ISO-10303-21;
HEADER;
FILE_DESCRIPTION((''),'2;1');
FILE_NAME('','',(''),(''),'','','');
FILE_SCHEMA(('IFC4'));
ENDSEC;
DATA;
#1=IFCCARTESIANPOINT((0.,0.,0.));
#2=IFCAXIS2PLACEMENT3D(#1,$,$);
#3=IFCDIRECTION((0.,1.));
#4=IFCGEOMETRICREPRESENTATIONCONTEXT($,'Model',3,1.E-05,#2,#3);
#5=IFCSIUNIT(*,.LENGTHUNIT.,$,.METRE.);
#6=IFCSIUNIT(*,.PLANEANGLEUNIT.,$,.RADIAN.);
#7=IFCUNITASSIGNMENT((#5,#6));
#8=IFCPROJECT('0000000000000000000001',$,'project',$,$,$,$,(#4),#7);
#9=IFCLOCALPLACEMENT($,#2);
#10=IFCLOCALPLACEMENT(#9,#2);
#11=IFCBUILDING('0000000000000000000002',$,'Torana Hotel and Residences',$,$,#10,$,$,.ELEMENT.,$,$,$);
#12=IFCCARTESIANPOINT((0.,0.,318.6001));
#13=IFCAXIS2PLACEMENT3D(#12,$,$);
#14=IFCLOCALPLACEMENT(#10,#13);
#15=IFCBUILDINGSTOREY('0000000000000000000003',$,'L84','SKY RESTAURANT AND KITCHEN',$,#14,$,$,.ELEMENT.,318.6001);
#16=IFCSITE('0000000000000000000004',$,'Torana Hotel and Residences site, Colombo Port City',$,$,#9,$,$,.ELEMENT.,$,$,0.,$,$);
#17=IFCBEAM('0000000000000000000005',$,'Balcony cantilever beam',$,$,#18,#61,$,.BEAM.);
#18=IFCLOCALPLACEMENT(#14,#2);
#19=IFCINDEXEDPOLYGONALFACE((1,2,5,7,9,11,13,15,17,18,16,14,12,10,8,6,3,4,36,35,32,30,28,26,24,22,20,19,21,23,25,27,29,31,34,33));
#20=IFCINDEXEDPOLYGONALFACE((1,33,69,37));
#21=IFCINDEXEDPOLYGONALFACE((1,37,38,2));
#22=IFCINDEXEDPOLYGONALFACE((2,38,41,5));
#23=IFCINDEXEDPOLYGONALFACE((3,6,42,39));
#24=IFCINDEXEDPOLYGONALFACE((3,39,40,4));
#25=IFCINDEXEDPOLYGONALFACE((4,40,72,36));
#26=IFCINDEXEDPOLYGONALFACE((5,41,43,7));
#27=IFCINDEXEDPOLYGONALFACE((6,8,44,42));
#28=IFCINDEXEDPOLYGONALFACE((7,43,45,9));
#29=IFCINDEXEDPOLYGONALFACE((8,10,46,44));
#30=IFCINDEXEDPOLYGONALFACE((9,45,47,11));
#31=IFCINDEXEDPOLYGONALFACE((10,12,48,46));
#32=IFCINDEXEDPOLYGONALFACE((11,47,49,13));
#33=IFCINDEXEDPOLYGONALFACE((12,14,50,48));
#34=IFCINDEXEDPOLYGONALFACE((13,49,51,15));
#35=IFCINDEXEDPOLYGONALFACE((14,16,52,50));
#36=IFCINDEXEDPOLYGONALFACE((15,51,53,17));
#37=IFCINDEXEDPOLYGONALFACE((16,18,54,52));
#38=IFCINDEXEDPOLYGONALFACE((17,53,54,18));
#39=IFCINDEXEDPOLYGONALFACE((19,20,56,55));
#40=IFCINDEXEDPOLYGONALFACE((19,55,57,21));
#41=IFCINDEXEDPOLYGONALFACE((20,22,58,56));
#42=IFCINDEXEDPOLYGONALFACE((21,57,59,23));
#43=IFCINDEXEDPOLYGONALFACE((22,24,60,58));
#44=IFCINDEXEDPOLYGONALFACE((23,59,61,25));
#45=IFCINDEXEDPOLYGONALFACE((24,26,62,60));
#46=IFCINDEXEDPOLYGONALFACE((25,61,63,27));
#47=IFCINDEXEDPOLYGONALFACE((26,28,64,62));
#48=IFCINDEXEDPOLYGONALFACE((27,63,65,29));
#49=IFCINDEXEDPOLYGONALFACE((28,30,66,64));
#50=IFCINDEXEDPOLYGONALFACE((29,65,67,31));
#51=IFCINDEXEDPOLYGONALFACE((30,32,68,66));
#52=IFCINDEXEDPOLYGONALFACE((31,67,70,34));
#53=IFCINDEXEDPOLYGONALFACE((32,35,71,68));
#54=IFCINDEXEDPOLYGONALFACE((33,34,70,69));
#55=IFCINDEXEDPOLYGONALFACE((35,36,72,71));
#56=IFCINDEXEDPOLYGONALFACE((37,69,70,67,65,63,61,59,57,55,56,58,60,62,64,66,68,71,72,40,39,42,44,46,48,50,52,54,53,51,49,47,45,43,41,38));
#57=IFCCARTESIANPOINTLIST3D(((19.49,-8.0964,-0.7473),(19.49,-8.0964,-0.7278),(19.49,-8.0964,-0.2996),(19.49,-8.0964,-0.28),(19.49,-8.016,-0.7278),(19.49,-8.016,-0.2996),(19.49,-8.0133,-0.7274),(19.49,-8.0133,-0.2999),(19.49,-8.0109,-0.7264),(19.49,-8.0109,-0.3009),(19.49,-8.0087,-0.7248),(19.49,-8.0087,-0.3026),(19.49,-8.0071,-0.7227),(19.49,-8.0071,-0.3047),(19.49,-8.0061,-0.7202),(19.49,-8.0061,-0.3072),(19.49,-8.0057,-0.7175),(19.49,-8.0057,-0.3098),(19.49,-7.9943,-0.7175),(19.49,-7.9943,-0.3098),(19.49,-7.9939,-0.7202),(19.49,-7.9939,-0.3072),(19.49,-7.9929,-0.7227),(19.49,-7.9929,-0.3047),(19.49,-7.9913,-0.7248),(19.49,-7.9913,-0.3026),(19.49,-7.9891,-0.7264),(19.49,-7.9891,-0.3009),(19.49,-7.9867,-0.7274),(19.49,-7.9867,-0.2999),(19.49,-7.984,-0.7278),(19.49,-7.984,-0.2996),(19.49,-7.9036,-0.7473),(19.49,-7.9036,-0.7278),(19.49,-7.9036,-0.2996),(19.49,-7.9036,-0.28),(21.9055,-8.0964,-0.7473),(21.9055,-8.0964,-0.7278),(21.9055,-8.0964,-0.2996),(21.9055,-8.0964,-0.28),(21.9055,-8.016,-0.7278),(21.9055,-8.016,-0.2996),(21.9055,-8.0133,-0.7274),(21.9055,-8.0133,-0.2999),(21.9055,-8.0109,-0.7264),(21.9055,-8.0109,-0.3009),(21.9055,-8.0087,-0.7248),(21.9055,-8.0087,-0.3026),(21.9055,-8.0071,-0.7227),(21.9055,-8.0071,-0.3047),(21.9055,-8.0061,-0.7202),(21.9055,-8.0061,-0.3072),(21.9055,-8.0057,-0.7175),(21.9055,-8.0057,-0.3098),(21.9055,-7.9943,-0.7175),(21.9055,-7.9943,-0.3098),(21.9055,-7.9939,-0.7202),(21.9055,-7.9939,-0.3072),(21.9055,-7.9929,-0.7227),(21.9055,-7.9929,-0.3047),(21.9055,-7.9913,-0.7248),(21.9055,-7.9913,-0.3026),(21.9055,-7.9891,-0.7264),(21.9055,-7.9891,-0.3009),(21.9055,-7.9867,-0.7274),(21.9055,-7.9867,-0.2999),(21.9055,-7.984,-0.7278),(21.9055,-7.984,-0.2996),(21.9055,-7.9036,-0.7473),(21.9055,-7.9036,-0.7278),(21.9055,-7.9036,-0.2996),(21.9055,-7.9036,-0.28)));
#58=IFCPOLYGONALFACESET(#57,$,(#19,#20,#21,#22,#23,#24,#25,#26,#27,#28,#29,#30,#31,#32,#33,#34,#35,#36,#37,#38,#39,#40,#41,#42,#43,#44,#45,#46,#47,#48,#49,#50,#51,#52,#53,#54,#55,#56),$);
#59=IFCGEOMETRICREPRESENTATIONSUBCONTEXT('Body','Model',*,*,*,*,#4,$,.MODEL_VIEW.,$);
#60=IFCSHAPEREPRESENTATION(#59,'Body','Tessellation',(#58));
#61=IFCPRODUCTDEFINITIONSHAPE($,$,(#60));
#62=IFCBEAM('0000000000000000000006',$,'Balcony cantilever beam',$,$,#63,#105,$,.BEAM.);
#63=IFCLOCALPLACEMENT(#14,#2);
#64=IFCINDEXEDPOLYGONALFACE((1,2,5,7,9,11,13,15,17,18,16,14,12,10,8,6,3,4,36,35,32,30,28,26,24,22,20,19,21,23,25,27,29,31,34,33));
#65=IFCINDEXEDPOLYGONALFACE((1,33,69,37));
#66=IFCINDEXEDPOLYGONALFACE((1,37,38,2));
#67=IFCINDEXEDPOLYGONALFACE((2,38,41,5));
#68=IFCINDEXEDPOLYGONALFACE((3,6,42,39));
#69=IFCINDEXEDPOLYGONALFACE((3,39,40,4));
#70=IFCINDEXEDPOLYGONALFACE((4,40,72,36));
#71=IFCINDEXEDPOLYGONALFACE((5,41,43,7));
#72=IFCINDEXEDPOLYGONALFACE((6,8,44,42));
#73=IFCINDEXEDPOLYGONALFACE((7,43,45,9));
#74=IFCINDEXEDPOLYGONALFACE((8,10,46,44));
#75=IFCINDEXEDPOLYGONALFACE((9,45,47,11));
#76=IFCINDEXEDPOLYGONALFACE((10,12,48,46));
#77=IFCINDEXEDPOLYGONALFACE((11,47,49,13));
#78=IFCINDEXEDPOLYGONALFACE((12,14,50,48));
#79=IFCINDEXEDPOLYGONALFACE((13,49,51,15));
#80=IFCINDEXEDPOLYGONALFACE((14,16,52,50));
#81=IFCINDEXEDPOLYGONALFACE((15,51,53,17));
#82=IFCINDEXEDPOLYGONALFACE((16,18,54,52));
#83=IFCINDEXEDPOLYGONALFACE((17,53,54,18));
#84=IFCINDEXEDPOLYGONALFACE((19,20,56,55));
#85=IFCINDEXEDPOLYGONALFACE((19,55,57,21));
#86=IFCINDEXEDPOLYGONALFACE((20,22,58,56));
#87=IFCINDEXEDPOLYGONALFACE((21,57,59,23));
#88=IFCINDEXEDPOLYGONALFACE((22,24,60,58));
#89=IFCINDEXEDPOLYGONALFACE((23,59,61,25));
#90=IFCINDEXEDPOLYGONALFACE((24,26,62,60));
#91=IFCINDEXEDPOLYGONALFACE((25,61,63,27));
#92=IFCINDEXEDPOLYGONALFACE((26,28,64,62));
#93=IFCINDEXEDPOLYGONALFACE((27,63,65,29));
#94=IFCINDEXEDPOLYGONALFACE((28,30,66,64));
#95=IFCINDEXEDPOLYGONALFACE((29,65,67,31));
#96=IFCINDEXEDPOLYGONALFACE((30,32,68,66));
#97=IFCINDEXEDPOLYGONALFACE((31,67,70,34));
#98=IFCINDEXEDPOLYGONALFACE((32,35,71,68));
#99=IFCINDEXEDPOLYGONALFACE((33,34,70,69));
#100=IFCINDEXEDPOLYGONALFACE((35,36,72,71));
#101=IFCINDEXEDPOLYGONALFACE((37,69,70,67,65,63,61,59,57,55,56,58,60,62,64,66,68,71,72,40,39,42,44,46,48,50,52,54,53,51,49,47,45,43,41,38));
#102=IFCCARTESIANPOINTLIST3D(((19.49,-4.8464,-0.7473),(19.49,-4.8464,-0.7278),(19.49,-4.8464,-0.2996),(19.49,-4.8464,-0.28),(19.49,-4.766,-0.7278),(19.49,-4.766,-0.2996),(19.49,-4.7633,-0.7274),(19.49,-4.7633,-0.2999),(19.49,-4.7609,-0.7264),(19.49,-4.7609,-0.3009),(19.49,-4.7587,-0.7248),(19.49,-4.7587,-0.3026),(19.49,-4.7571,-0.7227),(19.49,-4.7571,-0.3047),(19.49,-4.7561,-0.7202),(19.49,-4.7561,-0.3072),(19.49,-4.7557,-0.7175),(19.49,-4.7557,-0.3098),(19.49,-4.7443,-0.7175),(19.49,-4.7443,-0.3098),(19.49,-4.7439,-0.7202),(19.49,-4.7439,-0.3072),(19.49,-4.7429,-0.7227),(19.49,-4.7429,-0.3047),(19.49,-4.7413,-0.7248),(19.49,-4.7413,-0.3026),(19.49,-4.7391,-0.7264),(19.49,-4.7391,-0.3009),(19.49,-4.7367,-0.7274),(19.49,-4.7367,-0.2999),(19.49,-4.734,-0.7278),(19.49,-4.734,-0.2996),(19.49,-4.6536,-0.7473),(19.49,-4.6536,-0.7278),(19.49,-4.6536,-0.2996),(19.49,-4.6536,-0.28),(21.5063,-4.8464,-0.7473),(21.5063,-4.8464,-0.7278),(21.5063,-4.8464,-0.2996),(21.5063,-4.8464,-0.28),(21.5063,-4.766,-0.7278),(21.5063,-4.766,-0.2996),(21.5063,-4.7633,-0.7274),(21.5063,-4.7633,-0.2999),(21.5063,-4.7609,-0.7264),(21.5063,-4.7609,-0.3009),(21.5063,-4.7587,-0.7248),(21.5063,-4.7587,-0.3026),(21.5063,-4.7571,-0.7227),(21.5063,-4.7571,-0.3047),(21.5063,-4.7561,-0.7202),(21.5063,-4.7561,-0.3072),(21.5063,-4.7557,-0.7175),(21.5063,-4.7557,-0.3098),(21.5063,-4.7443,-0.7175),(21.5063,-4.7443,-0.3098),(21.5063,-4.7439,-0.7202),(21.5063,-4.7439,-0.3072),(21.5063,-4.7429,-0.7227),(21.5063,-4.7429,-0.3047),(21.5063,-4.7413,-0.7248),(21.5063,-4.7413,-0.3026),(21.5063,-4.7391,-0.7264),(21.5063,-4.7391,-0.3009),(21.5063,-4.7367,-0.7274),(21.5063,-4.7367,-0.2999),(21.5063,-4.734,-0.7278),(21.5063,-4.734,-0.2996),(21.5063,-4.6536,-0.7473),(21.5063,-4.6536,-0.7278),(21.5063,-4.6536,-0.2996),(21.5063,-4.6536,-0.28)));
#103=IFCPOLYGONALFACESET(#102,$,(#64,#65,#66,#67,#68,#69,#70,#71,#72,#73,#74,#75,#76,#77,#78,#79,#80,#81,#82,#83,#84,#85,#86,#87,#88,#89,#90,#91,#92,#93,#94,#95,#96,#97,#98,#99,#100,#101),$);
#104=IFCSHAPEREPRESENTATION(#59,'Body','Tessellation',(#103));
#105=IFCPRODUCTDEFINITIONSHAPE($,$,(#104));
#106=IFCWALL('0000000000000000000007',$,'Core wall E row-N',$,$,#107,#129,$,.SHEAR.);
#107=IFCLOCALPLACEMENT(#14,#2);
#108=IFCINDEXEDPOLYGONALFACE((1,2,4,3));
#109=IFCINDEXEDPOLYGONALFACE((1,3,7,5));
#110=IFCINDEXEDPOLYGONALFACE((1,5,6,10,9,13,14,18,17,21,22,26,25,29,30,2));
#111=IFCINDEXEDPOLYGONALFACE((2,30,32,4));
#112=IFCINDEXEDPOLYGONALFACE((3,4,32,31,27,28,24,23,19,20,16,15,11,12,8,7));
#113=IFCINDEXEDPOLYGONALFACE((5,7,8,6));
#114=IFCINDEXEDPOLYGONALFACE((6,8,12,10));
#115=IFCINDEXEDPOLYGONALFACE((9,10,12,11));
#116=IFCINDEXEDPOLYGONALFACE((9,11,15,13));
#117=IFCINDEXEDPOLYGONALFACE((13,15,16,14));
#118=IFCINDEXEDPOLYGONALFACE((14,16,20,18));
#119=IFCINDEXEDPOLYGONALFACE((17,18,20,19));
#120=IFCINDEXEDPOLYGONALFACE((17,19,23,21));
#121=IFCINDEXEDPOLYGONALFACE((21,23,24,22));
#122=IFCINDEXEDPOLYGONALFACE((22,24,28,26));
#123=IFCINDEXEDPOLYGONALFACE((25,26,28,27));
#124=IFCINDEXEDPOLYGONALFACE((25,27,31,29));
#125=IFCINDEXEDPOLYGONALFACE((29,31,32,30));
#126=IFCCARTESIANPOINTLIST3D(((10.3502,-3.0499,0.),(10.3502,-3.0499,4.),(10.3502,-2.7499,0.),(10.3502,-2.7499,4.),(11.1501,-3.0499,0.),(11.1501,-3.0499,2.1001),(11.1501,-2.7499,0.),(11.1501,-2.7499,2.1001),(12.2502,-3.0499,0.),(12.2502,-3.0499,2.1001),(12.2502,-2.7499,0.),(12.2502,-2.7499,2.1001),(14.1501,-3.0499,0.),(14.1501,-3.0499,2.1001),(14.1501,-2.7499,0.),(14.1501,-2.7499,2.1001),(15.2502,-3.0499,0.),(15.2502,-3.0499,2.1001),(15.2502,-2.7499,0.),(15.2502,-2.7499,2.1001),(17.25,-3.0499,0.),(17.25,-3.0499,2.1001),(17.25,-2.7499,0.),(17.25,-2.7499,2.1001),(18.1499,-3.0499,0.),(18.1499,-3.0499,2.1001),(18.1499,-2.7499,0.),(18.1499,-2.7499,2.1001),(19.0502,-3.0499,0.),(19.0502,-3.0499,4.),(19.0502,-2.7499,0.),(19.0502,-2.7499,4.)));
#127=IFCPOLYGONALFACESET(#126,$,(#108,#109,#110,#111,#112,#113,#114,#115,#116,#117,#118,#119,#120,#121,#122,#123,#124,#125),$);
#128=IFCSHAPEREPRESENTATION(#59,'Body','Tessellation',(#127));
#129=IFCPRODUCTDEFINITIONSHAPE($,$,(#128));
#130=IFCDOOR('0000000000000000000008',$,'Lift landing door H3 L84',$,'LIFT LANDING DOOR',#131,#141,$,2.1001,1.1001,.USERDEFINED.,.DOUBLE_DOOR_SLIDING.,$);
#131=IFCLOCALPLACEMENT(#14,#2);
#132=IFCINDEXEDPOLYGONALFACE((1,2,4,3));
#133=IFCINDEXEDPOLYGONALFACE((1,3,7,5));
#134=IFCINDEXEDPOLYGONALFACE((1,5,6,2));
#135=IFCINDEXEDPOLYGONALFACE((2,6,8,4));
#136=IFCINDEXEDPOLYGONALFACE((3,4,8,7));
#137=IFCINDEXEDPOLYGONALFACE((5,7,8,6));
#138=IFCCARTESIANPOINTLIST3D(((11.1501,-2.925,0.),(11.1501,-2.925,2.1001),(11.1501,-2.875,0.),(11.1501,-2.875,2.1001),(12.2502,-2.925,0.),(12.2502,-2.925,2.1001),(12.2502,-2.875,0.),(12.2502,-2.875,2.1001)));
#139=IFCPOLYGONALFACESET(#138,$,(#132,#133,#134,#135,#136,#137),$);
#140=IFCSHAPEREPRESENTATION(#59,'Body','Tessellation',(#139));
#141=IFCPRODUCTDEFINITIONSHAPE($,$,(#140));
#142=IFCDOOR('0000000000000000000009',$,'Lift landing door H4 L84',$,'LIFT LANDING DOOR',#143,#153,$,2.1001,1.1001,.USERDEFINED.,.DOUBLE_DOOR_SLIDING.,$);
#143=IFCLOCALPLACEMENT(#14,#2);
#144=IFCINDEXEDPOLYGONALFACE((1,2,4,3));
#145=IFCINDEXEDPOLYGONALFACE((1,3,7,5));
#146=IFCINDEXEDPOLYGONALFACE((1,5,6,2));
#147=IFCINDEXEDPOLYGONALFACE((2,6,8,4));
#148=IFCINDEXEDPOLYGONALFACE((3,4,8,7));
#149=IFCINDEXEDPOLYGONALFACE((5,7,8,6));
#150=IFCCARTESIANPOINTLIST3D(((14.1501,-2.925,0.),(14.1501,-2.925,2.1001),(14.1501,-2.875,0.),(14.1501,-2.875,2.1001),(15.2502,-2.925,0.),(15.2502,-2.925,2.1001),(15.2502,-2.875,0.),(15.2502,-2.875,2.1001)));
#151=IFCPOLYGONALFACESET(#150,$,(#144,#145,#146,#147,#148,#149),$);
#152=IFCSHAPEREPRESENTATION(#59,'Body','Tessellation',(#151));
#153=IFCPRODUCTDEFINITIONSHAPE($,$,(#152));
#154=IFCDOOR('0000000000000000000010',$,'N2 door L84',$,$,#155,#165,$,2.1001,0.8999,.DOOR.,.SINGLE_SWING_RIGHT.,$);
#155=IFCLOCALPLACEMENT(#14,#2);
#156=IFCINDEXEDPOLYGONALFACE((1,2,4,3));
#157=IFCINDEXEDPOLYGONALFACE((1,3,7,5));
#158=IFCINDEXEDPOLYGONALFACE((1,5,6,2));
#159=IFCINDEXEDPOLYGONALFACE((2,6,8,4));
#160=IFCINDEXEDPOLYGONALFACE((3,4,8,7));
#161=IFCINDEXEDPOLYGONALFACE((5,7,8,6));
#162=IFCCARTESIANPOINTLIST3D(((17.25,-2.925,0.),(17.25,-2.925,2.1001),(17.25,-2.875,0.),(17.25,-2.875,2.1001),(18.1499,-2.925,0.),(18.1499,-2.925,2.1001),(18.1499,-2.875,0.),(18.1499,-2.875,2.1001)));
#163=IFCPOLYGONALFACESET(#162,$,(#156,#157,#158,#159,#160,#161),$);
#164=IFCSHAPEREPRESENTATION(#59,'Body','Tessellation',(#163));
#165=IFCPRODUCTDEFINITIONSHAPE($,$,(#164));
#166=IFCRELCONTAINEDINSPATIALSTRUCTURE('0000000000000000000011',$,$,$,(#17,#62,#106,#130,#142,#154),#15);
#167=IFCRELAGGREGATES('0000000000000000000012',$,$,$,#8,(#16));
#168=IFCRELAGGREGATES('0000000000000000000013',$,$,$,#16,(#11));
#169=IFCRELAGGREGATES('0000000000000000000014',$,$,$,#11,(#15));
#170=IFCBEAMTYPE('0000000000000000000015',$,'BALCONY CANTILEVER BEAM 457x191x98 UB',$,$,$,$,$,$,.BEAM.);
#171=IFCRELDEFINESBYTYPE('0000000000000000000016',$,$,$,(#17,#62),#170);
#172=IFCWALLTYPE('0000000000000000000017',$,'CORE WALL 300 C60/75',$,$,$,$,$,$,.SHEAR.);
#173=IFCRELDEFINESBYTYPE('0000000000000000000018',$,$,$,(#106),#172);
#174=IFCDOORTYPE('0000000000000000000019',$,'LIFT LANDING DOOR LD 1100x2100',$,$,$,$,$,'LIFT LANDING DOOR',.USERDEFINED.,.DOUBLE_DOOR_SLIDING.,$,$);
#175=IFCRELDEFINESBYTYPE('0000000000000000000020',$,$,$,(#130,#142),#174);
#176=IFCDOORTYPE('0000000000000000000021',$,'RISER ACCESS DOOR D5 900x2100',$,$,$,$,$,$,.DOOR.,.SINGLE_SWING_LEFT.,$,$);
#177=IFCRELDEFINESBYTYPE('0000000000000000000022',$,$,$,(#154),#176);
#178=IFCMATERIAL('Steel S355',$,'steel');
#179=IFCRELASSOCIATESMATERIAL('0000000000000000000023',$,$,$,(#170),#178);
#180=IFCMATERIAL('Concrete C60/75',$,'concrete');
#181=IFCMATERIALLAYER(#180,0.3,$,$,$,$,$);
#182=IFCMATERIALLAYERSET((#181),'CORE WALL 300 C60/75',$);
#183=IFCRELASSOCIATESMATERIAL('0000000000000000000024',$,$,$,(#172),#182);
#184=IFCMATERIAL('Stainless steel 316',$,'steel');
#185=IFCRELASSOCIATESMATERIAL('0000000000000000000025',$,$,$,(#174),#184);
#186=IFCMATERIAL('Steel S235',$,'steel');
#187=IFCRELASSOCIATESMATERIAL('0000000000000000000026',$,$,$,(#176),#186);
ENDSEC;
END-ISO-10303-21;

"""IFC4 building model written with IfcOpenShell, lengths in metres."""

from ifc_helpers import new_model, si_unit, direction, frame, frame_2d, origin, origin_2d, place, context, subcontext, project, spatial, rectangle, i_section, extrude, material, layer, layer_set, material_profile, profile_set, type_object, element, fill, save


model = new_model("IFC4")

# Units and contexts
model_context = context("Model", 3, precision=1e-05, world=origin(), true_north=direction((0.0, 1.0)))
body_context = subcontext(model_context, "Body", "Model", "MODEL_VIEW")
ifc_project = project(units=[si_unit("LENGTHUNIT", "METRE"), si_unit("PLANEANGLEUNIT", "RADIAN")], contexts=[model_context])

# Site, building, storey
site_placement = place(None, origin())
site = spatial("IfcSite", under=ifc_project, at=site_placement, Name="Torana Hotel and Residences site, Colombo Port City", CompositionType="ELEMENT", RefElevation=0.0)
building_placement = place(site_placement, origin())
building = spatial("IfcBuilding", under=site, at=building_placement, Name="Torana Hotel and Residences", CompositionType="ELEMENT")
storey_placement = place(building_placement, frame((0.0, 0.0, 318.6001)))
storey = spatial("IfcBuildingStorey", under=building, at=storey_placement, Name="L84", Description="SKY RESTAURANT AND KITCHEN", CompositionType="ELEMENT", Elevation=318.6001)

# Beams
ifc_material_1 = material(Name="Steel S355", Category="steel")
ifc_material_profile = material_profile(ifc_material_1, i_section(OverallWidth=0.1929, OverallDepth=0.4673, WebThickness=0.0115, FlangeThickness=0.0195, FilletRadius=0.0103, at=origin_2d()), Name="457x191x98 UB")
ifc_profile_set = profile_set([ifc_material_profile], Name="Steel S355")
beam_type = type_object("IfcBeamType", Name="BALCONY CANTILEVER BEAM 457x191x98 UB", PredefinedType="BEAM", material=ifc_profile_set)
beam_1_placement = place(storey_placement, frame((19.49, -8.0, -0.5137), z_axis=(1.0, 0.0, 0.0), x_axis=(0.0, 1.0, 0.0)))
element("IfcBeam", 1, at=beam_1_placement, inside=storey, type_object=beam_type, Name="Balcony cantilever beam", PredefinedType="BEAM", context=body_context, shape_type="SweptSolid", body=[
    extrude(i_section(OverallWidth=0.1929, OverallDepth=0.4673, WebThickness=0.0115, FlangeThickness=0.0195, FilletRadius=0.0103, at=origin_2d()), origin(), (0.0, 0.0, 1.0), 2.4155),
])
beam_2_placement = place(storey_placement, frame((19.49, -4.75, -0.5137), z_axis=(1.0, 0.0, 0.0), x_axis=(0.0, 1.0, 0.0)))
element("IfcBeam", 2, at=beam_2_placement, inside=storey, type_object=beam_type, Name="Balcony cantilever beam", PredefinedType="BEAM", context=body_context, shape_type="SweptSolid", body=[
    extrude(i_section(OverallWidth=0.1929, OverallDepth=0.4673, WebThickness=0.0115, FlangeThickness=0.0195, FilletRadius=0.0103, at=origin_2d()), origin(), (0.0, 0.0, 1.0), 2.0164),
])

# Wall, openings, doors
ifc_material_2 = material(Name="Concrete C60/75", Category="concrete")
ifc_layer_1 = layer(ifc_material_2, 0.3)
ifc_layer_set_1 = layer_set([ifc_layer_1], Name="CORE WALL 300 C60/75")
wall_type_1 = type_object("IfcWallType", Name="CORE WALL 300 C60/75", PredefinedType="SHEAR", material=ifc_layer_set_1)
wall_1_placement = place(storey_placement, frame((10.3501, -2.8999, 0.0), z_axis=(0.0, 0.0, 1.0), x_axis=(1.0, 0.0, 0.0)))
wall_1 = element("IfcWall", 3, at=wall_1_placement, inside=storey, type_object=wall_type_1, Name="Core wall E row-N", PredefinedType="SHEAR", context=body_context, shape_type="SweptSolid", body=[
    extrude(rectangle(XDim=8.7, YDim=0.3, at=frame_2d((4.3501, 0.0))), origin(), (0.0, 0.0, 1.0), 4.0),
])
opening_1_placement = place(wall_1_placement, frame((0.8, 0.0, 0.0)))
opening_1 = element("IfcOpeningElement", 4, at=opening_1_placement, cuts=wall_1, PredefinedType="OPENING", context=body_context, shape_type="SweptSolid", body=[
    extrude(rectangle(XDim=1.1001, YDim=2.1001, at=frame_2d((0.55, 1.05))), frame((0.0, 0.1599, 0.0), z_axis=(0.0, -1.0, 0.0), x_axis=(1.0, 0.0, 0.0)), (0.0, 0.0, 1.0), 0.3201),
])
opening_2_placement = place(wall_1_placement, frame((3.8, 0.0, 0.0)))
opening_2 = element("IfcOpeningElement", 5, at=opening_2_placement, cuts=wall_1, PredefinedType="OPENING", context=body_context, shape_type="SweptSolid", body=[
    extrude(rectangle(XDim=1.1001, YDim=2.1001, at=frame_2d((0.55, 1.05))), frame((0.0, 0.1599, 0.0), z_axis=(0.0, -1.0, 0.0), x_axis=(1.0, 0.0, 0.0)), (0.0, 0.0, 1.0), 0.3201),
])
opening_3_placement = place(wall_1_placement, frame((6.8999, 0.0, 0.0)))
opening_3 = element("IfcOpeningElement", 6, at=opening_3_placement, cuts=wall_1, PredefinedType="OPENING", context=body_context, shape_type="SweptSolid", body=[
    extrude(rectangle(XDim=0.8999, YDim=2.1001, at=frame_2d((0.45, 1.05))), frame((0.0, 0.1599, 0.0), z_axis=(0.0, -1.0, 0.0), x_axis=(1.0, 0.0, 0.0)), (0.0, 0.0, 1.0), 0.3201),
])
ifc_material_3 = material(Name="Stainless steel 316", Category="steel")
door_type_1 = type_object("IfcDoorType", Name="LIFT LANDING DOOR LD 1100x2100", ElementType="LIFT LANDING DOOR", OperationType="DOUBLE_DOOR_SLIDING", PredefinedType="USERDEFINED", material=ifc_material_3)
door_1_placement = place(opening_1_placement, origin())
door_1 = element("IfcDoor", 7, at=door_1_placement, inside=storey, type_object=door_type_1, Name="Lift landing door H3 L84", ObjectType="LIFT LANDING DOOR", OperationType="DOUBLE_DOOR_SLIDING", OverallHeight=2.1001, OverallWidth=1.1001, PredefinedType="USERDEFINED", context=body_context, shape_type="SweptSolid", body=[
    extrude(rectangle(XDim=1.1001, YDim=2.1001, at=frame_2d((0.55, 1.05))), frame((0.0, 0.0249, 0.0), z_axis=(0.0, -1.0, 0.0), x_axis=(1.0, 0.0, 0.0)), (0.0, 0.0, 1.0), 0.05),
])
fill(opening_1, door_1)
door_2_placement = place(opening_2_placement, origin())
door_2 = element("IfcDoor", 8, at=door_2_placement, inside=storey, type_object=door_type_1, Name="Lift landing door H4 L84", ObjectType="LIFT LANDING DOOR", OperationType="DOUBLE_DOOR_SLIDING", OverallHeight=2.1001, OverallWidth=1.1001, PredefinedType="USERDEFINED", context=body_context, shape_type="SweptSolid", body=[
    extrude(rectangle(XDim=1.1001, YDim=2.1001, at=frame_2d((0.55, 1.05))), frame((0.0, 0.0249, 0.0), z_axis=(0.0, -1.0, 0.0), x_axis=(1.0, 0.0, 0.0)), (0.0, 0.0, 1.0), 0.05),
])
fill(opening_2, door_2)
ifc_material_4 = material(Name="Steel S235", Category="steel")
door_type_2 = type_object("IfcDoorType", Name="RISER ACCESS DOOR D5 900x2100", OperationType="SINGLE_SWING_LEFT", PredefinedType="DOOR", material=ifc_material_4)
door_3_placement = place(opening_3_placement, origin())
door_3 = element("IfcDoor", 9, at=door_3_placement, inside=storey, type_object=door_type_2, Name="N2 door L84", OperationType="SINGLE_SWING_RIGHT", OverallHeight=2.1001, OverallWidth=0.8999, PredefinedType="DOOR", context=body_context, shape_type="SweptSolid", body=[
    extrude(rectangle(XDim=0.8999, YDim=2.1001, at=frame_2d((0.45, 1.05))), frame((0.0, 0.0249, 0.0), z_axis=(0.0, -1.0, 0.0), x_axis=(1.0, 0.0, 0.0)), (0.0, 0.0, 1.0), 0.05),
])
fill(opening_3, door_3)

save(model, "model.ifc")
